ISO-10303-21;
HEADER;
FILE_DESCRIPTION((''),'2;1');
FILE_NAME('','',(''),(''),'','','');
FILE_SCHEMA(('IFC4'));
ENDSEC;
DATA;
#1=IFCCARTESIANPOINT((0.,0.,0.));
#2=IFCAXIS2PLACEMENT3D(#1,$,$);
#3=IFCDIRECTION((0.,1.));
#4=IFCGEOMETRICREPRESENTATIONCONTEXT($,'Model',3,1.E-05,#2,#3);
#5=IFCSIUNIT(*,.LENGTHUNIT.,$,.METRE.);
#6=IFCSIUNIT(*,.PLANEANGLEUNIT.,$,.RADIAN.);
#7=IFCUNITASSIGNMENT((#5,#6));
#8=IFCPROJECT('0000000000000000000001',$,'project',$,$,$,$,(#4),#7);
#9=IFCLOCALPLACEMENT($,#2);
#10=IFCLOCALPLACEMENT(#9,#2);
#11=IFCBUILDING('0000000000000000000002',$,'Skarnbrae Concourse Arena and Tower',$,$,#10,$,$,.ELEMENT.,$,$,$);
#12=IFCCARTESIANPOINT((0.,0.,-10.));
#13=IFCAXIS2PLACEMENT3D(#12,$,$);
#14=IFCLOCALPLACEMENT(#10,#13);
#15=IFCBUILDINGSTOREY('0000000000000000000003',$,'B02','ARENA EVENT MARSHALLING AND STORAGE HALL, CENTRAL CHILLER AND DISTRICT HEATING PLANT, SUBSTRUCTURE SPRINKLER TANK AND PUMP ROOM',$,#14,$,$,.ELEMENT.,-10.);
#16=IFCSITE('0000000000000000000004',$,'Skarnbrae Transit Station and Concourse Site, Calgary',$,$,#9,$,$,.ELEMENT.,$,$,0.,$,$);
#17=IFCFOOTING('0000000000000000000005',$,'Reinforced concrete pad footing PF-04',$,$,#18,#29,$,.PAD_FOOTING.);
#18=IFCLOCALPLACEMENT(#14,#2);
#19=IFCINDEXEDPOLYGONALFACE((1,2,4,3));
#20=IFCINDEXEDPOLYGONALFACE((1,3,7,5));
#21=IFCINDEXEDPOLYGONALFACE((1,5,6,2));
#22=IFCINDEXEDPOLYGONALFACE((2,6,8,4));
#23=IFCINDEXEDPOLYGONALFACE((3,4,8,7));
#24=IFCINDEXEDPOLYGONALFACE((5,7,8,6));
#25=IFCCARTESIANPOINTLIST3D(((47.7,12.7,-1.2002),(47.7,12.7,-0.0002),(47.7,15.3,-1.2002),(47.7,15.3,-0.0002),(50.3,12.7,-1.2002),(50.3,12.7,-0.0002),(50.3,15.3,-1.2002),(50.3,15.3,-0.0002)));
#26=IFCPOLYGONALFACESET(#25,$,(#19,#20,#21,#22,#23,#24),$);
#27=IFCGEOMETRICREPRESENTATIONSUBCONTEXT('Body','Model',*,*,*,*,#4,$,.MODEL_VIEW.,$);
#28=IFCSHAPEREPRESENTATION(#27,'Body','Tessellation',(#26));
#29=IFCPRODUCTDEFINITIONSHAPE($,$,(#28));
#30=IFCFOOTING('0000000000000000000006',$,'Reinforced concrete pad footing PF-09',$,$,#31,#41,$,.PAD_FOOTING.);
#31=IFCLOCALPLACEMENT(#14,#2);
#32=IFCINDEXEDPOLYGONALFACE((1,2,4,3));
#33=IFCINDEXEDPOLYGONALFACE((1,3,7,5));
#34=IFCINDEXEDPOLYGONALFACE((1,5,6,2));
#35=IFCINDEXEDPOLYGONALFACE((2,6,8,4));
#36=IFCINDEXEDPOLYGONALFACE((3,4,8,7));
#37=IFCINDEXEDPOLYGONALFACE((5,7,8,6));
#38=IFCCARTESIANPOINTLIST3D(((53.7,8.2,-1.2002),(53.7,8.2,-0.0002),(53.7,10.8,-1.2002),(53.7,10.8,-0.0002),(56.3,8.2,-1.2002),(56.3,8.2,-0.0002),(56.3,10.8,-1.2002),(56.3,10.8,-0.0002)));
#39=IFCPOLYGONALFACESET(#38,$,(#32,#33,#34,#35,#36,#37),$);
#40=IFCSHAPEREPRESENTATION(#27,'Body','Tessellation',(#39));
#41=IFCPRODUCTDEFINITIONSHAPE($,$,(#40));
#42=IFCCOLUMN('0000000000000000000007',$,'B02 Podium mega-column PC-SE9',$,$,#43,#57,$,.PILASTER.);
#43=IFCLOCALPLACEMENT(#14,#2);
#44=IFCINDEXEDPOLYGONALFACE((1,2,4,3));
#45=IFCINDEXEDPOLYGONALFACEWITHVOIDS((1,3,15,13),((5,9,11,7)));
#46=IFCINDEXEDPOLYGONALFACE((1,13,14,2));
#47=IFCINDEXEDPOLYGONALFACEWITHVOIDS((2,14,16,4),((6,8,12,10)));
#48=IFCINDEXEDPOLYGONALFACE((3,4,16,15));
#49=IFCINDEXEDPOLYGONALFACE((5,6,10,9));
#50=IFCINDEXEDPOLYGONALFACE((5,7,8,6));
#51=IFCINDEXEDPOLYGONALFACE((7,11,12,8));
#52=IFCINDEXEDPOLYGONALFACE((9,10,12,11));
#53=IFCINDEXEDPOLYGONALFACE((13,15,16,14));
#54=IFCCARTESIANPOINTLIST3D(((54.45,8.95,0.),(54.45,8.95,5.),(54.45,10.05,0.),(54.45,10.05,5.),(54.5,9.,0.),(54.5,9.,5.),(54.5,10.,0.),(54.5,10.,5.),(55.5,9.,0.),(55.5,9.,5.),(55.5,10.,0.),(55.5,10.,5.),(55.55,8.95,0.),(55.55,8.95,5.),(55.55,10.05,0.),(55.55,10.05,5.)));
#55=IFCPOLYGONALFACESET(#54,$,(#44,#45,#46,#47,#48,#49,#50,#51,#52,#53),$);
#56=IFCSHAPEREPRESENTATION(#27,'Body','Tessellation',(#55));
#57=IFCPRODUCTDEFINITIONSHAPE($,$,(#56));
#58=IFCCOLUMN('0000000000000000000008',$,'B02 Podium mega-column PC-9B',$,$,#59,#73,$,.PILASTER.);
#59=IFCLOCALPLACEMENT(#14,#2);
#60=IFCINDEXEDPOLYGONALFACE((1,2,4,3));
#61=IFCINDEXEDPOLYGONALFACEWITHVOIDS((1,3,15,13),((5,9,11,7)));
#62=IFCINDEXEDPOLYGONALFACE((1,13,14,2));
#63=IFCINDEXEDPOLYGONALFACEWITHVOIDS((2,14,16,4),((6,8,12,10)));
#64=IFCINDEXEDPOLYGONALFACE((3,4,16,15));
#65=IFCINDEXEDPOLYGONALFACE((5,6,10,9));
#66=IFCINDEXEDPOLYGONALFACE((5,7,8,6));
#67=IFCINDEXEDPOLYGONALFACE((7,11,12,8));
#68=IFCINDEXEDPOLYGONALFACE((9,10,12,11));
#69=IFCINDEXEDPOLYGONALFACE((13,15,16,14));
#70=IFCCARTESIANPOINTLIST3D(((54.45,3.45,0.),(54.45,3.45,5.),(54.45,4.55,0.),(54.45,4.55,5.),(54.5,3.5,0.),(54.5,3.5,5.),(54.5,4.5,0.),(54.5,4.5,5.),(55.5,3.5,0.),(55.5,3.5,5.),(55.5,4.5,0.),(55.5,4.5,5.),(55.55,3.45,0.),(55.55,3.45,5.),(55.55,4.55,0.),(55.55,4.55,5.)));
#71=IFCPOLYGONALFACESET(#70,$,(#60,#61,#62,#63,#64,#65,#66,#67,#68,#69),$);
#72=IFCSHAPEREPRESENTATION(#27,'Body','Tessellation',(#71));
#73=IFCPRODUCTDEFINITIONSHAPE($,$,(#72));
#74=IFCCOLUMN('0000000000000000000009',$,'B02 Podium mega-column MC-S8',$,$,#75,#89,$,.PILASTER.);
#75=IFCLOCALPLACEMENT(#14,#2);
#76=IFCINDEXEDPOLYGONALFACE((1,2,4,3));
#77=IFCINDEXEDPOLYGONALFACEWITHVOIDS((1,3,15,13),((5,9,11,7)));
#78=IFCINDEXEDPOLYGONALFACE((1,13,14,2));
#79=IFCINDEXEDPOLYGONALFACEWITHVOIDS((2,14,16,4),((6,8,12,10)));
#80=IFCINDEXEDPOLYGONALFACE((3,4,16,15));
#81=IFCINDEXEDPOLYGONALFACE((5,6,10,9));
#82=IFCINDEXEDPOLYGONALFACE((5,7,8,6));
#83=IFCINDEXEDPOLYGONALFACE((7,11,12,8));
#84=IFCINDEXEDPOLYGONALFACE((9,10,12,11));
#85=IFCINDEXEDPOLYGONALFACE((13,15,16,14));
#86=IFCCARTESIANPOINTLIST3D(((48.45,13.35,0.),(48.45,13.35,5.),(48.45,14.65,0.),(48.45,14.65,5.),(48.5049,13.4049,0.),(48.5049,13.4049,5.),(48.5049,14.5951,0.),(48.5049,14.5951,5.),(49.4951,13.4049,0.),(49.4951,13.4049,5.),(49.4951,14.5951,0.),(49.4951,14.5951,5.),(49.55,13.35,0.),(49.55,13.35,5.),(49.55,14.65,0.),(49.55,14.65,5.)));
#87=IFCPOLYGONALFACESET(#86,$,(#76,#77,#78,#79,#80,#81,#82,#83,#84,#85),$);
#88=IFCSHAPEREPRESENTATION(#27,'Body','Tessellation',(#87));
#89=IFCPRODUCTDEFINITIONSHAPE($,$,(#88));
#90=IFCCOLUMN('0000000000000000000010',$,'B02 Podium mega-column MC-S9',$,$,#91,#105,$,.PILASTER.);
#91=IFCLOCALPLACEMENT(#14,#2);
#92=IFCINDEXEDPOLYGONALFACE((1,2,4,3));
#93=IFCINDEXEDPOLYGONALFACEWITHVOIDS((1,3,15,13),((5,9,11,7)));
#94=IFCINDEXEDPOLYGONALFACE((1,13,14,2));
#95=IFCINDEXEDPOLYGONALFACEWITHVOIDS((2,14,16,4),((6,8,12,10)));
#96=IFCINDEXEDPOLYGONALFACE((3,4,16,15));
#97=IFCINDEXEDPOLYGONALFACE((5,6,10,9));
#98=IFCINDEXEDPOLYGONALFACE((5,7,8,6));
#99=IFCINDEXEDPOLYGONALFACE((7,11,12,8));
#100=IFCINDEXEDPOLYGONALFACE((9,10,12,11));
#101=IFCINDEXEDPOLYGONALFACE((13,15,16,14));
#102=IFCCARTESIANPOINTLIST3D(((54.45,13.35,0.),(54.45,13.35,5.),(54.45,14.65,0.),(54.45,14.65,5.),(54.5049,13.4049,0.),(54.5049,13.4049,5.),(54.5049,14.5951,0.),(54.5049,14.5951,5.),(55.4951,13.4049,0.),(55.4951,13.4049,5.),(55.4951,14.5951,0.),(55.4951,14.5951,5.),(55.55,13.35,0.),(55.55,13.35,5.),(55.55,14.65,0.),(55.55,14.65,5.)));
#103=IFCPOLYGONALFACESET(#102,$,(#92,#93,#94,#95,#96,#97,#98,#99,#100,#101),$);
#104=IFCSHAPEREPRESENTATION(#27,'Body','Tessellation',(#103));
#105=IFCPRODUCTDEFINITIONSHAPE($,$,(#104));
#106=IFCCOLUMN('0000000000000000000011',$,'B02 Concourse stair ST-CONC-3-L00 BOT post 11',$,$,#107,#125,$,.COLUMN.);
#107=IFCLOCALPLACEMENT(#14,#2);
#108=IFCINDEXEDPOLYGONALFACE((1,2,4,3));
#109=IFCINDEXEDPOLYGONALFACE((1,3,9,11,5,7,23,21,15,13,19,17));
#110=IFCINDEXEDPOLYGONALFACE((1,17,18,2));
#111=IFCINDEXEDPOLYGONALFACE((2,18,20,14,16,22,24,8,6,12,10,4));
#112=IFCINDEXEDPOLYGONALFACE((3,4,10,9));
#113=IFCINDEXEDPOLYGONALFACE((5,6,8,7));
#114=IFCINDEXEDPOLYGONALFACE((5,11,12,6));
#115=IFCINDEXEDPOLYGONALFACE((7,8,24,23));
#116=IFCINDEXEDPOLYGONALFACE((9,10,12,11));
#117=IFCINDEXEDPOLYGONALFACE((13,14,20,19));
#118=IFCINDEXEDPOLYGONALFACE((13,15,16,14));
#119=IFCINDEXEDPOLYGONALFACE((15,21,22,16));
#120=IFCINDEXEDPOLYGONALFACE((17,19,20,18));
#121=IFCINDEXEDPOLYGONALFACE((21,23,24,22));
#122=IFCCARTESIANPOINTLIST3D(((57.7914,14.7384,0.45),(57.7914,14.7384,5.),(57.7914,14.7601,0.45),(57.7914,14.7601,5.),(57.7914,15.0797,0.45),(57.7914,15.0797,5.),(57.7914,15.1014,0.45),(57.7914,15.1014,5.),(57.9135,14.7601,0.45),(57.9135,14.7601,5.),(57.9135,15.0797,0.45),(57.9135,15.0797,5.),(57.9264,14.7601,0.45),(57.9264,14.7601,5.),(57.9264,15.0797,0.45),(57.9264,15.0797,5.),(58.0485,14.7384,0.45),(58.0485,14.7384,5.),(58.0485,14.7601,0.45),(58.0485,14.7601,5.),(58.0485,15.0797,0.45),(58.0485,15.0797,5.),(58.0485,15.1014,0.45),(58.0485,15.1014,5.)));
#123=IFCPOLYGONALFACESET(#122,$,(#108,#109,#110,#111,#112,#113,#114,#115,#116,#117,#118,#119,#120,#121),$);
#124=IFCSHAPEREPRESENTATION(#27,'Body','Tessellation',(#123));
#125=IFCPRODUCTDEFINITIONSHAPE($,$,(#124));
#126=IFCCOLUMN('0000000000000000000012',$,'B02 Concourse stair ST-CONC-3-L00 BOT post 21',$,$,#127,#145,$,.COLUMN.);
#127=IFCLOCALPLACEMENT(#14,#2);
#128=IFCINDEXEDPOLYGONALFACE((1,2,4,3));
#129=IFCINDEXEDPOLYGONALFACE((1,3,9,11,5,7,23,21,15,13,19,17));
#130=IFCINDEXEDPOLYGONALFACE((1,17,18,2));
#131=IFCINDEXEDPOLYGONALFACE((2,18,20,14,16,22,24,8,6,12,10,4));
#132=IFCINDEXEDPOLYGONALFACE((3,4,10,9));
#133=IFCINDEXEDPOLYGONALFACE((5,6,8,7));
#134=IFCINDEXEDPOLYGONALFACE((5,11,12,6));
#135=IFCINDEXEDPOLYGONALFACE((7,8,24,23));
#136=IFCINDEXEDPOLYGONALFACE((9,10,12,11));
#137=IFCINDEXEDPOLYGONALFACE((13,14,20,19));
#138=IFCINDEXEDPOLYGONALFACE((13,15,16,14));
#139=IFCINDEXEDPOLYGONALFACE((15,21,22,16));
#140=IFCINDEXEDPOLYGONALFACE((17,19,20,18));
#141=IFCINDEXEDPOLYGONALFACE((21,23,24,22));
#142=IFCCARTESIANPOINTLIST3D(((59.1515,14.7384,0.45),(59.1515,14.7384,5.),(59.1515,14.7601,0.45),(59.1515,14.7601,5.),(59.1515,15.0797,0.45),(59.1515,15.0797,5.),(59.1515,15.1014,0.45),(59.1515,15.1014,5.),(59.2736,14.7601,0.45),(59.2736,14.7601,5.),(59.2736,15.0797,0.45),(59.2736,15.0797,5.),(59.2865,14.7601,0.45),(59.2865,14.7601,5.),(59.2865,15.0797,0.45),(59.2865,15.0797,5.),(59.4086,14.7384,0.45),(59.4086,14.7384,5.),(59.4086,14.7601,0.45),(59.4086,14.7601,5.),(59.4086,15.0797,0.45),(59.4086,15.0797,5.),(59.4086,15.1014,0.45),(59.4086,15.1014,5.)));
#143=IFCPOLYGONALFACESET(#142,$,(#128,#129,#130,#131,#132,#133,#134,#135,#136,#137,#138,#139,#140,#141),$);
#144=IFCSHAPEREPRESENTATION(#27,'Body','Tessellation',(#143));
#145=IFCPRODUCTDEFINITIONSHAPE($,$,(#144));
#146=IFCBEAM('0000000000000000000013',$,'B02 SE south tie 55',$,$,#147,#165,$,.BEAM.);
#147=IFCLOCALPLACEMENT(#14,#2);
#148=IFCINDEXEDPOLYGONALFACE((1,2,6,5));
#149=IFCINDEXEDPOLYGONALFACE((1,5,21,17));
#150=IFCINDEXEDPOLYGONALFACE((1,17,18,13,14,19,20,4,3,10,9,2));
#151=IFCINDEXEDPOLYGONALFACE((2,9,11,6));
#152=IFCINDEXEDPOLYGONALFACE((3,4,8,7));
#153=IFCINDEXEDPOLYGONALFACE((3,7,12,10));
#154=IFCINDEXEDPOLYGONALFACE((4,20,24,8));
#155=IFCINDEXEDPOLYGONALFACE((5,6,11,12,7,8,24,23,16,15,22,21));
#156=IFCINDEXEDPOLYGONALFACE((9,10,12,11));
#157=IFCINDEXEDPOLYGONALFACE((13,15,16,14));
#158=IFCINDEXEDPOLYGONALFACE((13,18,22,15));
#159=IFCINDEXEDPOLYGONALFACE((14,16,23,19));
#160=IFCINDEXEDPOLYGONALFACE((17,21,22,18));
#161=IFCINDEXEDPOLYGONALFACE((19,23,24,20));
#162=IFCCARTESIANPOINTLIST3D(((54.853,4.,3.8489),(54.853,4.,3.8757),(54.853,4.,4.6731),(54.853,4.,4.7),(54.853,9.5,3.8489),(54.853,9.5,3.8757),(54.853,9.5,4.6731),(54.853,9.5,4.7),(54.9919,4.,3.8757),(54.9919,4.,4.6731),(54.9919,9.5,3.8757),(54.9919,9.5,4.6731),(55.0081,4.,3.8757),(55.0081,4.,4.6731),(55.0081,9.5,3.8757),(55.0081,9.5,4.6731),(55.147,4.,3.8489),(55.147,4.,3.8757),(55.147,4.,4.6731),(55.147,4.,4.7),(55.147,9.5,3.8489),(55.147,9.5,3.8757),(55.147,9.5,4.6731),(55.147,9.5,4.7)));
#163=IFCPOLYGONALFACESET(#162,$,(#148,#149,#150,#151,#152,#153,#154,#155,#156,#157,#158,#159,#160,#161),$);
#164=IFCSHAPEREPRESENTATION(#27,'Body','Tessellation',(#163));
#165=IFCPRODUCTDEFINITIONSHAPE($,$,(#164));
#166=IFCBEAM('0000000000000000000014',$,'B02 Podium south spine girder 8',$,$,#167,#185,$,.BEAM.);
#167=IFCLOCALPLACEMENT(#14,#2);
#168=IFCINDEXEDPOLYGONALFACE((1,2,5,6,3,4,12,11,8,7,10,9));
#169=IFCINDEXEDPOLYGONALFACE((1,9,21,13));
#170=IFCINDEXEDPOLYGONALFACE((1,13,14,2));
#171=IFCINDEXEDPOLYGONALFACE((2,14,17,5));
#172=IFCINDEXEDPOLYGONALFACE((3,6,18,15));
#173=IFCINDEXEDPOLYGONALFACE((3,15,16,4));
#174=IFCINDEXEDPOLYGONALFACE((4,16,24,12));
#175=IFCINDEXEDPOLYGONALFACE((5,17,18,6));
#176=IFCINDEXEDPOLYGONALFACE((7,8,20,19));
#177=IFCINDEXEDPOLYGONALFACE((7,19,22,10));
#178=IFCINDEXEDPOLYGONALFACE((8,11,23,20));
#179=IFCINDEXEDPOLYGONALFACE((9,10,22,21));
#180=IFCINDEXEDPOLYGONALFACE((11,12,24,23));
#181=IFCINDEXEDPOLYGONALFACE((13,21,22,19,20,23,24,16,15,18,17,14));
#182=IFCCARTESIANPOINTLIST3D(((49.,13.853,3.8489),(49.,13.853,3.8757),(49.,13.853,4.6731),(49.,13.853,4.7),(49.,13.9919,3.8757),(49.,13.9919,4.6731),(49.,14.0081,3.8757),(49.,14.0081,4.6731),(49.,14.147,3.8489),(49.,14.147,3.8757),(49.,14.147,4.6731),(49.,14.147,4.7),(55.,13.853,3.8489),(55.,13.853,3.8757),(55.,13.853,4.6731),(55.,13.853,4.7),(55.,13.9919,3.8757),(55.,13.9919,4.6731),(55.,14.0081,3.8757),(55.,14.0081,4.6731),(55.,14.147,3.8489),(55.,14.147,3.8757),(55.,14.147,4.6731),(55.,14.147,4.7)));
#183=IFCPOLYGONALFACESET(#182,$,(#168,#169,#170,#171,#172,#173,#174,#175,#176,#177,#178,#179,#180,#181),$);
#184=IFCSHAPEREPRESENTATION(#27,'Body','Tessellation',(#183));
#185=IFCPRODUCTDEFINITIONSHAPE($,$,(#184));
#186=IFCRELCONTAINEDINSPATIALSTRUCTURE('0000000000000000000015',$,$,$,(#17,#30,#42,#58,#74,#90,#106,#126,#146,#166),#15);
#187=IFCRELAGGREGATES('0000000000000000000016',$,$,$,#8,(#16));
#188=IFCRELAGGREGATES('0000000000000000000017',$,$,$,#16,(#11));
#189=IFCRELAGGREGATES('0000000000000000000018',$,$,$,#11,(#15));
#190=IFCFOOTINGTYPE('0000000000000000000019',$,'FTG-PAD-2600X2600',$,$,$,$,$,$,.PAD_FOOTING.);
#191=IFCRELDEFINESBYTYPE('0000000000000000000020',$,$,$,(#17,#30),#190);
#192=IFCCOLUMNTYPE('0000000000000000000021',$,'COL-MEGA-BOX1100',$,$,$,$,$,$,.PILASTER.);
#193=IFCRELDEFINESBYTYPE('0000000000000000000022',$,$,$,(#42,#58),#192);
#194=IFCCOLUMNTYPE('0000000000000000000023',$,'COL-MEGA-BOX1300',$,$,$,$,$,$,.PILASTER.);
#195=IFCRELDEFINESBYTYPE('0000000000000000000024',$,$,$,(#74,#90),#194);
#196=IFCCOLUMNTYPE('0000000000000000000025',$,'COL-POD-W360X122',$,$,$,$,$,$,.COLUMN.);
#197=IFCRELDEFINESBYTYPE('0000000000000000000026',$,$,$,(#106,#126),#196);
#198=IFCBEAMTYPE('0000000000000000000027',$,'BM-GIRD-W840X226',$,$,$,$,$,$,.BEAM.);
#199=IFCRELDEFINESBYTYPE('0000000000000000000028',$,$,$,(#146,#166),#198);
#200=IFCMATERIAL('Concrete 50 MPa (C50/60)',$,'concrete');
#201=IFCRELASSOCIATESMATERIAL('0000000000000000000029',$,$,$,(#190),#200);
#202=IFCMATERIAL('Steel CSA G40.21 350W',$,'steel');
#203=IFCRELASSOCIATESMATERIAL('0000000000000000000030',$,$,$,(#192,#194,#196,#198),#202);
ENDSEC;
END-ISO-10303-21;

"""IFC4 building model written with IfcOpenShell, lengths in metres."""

from ifc_helpers import new_model, si_unit, direction, frame, origin, origin_2d, place, context, subcontext, project, spatial, rectangle, hollow_rectangle, i_section, extrude, source, transform, mapped, material, material_profile, profile_set, type_object, element, save


model = new_model("IFC4")

# Units and contexts
model_context = context("Model", 3, precision=1e-05, world=origin(), true_north=direction((0.0, 1.0)))
body_context = subcontext(model_context, "Body", "Model", "MODEL_VIEW")
ifc_project = project(units=[si_unit("LENGTHUNIT", "METRE"), si_unit("PLANEANGLEUNIT", "RADIAN")], contexts=[model_context])

# Site, building, storey
site_placement = place(None, origin())
site = spatial("IfcSite", under=ifc_project, at=site_placement, Name="Skarnbrae Transit Station and Concourse Site, Calgary", CompositionType="ELEMENT", RefElevation=0.0)
building_placement = place(site_placement, origin())
building = spatial("IfcBuilding", under=site, at=building_placement, Name="Skarnbrae Concourse Arena and Tower", CompositionType="ELEMENT")
storey_placement = place(building_placement, frame((0.0, 0.0, -10.0)))
storey = spatial("IfcBuildingStorey", under=building, at=storey_placement, Name="B02", Description="ARENA EVENT MARSHALLING AND STORAGE HALL, CENTRAL CHILLER AND DISTRICT HEATING PLANT, SUBSTRUCTURE SPRINKLER TANK AND PUMP ROOM", CompositionType="ELEMENT", Elevation=-10.0)

# Shared definitions
ifc_material_1 = material(Name="Concrete 50 MPa (C50/60)", Category="concrete")

# Footings
footing_type_1 = type_object("IfcFootingType", Name="FTG-PAD-2600X2600", PredefinedType="PAD_FOOTING", material=ifc_material_1)
shared_shape_1 = source(origin(), body_context, "Body", "SweptSolid", [
    extrude(rectangle(XDim=2.6001, YDim=2.6001, at=origin_2d()), origin(), (0.0, 0.0, 1.0), 1.2),
])
for number, where, z_axis, x_axis, name in (
    (1, (49.0, 14.0, -1.2002), (0.0, 0.0, 1.0), (1.0, 0.0, 0.0), "Reinforced concrete pad footing PF-04"),
    (2, (55.0, 9.5, -1.2002), (0.0, 0.0, 1.0), (1.0, 0.0, 0.0), "Reinforced concrete pad footing PF-09"),
):
    element("IfcFooting", number, at=place(storey_placement, frame(where, z_axis=z_axis, x_axis=x_axis)), inside=storey, type_object=footing_type_1, Name=name, PredefinedType="PAD_FOOTING", context=body_context, shape_type="MappedRepresentation", body=[
        mapped(shared_shape_1, transform((0.0, 0.0, 0.0))),
    ])

# Columns
ifc_material_2 = material(Name="Steel CSA G40.21 350W", Category="steel")
ifc_material_profile_1 = material_profile(ifc_material_2, hollow_rectangle(XDim=1.1001, YDim=1.1001, WallThickness=0.05, at=origin_2d()), Name="BOX1100X1100X50")
ifc_profile_set_1 = profile_set([ifc_material_profile_1], Name="Steel CSA G40.21 350W")
column_type_1 = type_object("IfcColumnType", Name="COL-MEGA-BOX1100", PredefinedType="PILASTER", material=ifc_profile_set_1)
shared_shape_2 = source(origin(), body_context, "Body", "SweptSolid", [
    extrude(hollow_rectangle(XDim=1.1001, YDim=1.1001, WallThickness=0.05, at=origin_2d()), origin(), (0.0, 0.0, 1.0), 5.0),
])
for number, where, z_axis, x_axis, name in (
    (3, (55.0, 9.5, 0.0), (0.0, 0.0, 1.0), (1.0, 0.0, 0.0), "B02 Podium mega-column PC-SE9"),
    (4, (55.0, 4.0, 0.0), (0.0, 0.0, 1.0), (1.0, 0.0, 0.0), "B02 Podium mega-column PC-9B"),
):
    element("IfcColumn", number, at=place(storey_placement, frame(where, z_axis=z_axis, x_axis=x_axis)), inside=storey, type_object=column_type_1, Name=name, PredefinedType="PILASTER", context=body_context, shape_type="MappedRepresentation", body=[
        mapped(shared_shape_2, transform((0.0, 0.0, 0.0))),
    ])
ifc_material_profile_2 = material_profile(ifc_material_2, hollow_rectangle(XDim=1.1001, YDim=1.3, WallThickness=0.0549, at=origin_2d()), Name="BOX1300X1100X55")
ifc_profile_set_2 = profile_set([ifc_material_profile_2], Name="Steel CSA G40.21 350W")
column_type_2 = type_object("IfcColumnType", Name="COL-MEGA-BOX1300", PredefinedType="PILASTER", material=ifc_profile_set_2)
shared_shape_3 = source(origin(), body_context, "Body", "SweptSolid", [
    extrude(hollow_rectangle(XDim=1.1001, YDim=1.3, WallThickness=0.0549, at=origin_2d()), origin(), (0.0, 0.0, 1.0), 5.0),
])
for number, where, z_axis, x_axis, name in (
    (5, (49.0, 14.0, 0.0), (0.0, 0.0, 1.0), (1.0, 0.0, 0.0), "B02 Podium mega-column MC-S8"),
    (6, (55.0, 14.0, 0.0), (0.0, 0.0, 1.0), (1.0, 0.0, 0.0), "B02 Podium mega-column MC-S9"),
):
    element("IfcColumn", number, at=place(storey_placement, frame(where, z_axis=z_axis, x_axis=x_axis)), inside=storey, type_object=column_type_2, Name=name, PredefinedType="PILASTER", context=body_context, shape_type="MappedRepresentation", body=[
        mapped(shared_shape_3, transform((0.0, 0.0, 0.0))),
    ])
ifc_material_profile_3 = material_profile(ifc_material_2, i_section(OverallWidth=0.2571, OverallDepth=0.363, WebThickness=0.0129, FlangeThickness=0.0217, at=origin_2d()), Name="W360X122")
ifc_profile_set_3 = profile_set([ifc_material_profile_3], Name="Steel CSA G40.21 350W")
column_type_3 = type_object("IfcColumnType", Name="COL-POD-W360X122", PredefinedType="COLUMN", material=ifc_profile_set_3)
shared_shape_4 = source(origin(), body_context, "Body", "SweptSolid", [
    extrude(i_section(OverallWidth=0.2571, OverallDepth=0.363, WebThickness=0.0129, FlangeThickness=0.0217, at=origin_2d()), origin(), (0.0, 0.0, 1.0), 4.55),
])
for number, where, z_axis, x_axis, name in (
    (7, (57.9199, 14.9199, 0.45), (0.0, 0.0, 1.0), (1.0, 0.0, 0.0), "B02 Concourse stair ST-CONC-3-L00 BOT post 11"),
    (8, (59.28, 14.9199, 0.45), (0.0, 0.0, 1.0), (1.0, 0.0, 0.0), "B02 Concourse stair ST-CONC-3-L00 BOT post 21"),
):
    element("IfcColumn", number, at=place(storey_placement, frame(where, z_axis=z_axis, x_axis=x_axis)), inside=storey, type_object=column_type_3, Name=name, PredefinedType="COLUMN", context=body_context, shape_type="MappedRepresentation", body=[
        mapped(shared_shape_4, transform((0.0, 0.0, 0.0))),
    ])

# Beams
ifc_material_profile_4 = material_profile(ifc_material_2, i_section(OverallWidth=0.2939, OverallDepth=0.8511, WebThickness=0.0161, FlangeThickness=0.0269, at=origin_2d()), Name="W840X226")
ifc_profile_set_4 = profile_set([ifc_material_profile_4], Name="Steel CSA G40.21 350W")
beam_type_1 = type_object("IfcBeamType", Name="BM-GIRD-W840X226", PredefinedType="BEAM", material=ifc_profile_set_4)
shared_shape_5 = source(origin(), body_context, "Body", "SweptSolid", [
    extrude(i_section(OverallWidth=0.2939, OverallDepth=0.8511, WebThickness=0.0161, FlangeThickness=0.0269, at=origin_2d()), origin(), (0.0, 0.0, 1.0), 5.5),
])
beam_1_placement = place(storey_placement, frame((55.0, 4.0, 4.2744), z_axis=(0.0, 1.0, 0.0), x_axis=(-1.0, 0.0, 0.0)))
element("IfcBeam", 9, at=beam_1_placement, inside=storey, type_object=beam_type_1, Name="B02 SE south tie 55", PredefinedType="BEAM", context=body_context, shape_type="MappedRepresentation", body=[
    mapped(shared_shape_5, transform((0.0, 0.0, 0.0))),
])
shared_shape_6 = source(origin(), body_context, "Body", "SweptSolid", [
    extrude(i_section(OverallWidth=0.2939, OverallDepth=0.8511, WebThickness=0.0161, FlangeThickness=0.0269, at=origin_2d()), origin(), (0.0, 0.0, 1.0), 6.0),
])
for number, where, z_axis, x_axis, name in (
    (10, (49.0, 14.0, 4.2744), (1.0, 0.0, 0.0), (0.0, 1.0, 0.0), "B02 Podium south spine girder 8"),
):
    element("IfcBeam", number, at=place(storey_placement, frame(where, z_axis=z_axis, x_axis=x_axis)), inside=storey, type_object=beam_type_1, Name=name, PredefinedType="BEAM", context=body_context, shape_type="MappedRepresentation", body=[
        mapped(shared_shape_6, transform((0.0, 0.0, 0.0))),
    ])

save(model, "model.ifc")
